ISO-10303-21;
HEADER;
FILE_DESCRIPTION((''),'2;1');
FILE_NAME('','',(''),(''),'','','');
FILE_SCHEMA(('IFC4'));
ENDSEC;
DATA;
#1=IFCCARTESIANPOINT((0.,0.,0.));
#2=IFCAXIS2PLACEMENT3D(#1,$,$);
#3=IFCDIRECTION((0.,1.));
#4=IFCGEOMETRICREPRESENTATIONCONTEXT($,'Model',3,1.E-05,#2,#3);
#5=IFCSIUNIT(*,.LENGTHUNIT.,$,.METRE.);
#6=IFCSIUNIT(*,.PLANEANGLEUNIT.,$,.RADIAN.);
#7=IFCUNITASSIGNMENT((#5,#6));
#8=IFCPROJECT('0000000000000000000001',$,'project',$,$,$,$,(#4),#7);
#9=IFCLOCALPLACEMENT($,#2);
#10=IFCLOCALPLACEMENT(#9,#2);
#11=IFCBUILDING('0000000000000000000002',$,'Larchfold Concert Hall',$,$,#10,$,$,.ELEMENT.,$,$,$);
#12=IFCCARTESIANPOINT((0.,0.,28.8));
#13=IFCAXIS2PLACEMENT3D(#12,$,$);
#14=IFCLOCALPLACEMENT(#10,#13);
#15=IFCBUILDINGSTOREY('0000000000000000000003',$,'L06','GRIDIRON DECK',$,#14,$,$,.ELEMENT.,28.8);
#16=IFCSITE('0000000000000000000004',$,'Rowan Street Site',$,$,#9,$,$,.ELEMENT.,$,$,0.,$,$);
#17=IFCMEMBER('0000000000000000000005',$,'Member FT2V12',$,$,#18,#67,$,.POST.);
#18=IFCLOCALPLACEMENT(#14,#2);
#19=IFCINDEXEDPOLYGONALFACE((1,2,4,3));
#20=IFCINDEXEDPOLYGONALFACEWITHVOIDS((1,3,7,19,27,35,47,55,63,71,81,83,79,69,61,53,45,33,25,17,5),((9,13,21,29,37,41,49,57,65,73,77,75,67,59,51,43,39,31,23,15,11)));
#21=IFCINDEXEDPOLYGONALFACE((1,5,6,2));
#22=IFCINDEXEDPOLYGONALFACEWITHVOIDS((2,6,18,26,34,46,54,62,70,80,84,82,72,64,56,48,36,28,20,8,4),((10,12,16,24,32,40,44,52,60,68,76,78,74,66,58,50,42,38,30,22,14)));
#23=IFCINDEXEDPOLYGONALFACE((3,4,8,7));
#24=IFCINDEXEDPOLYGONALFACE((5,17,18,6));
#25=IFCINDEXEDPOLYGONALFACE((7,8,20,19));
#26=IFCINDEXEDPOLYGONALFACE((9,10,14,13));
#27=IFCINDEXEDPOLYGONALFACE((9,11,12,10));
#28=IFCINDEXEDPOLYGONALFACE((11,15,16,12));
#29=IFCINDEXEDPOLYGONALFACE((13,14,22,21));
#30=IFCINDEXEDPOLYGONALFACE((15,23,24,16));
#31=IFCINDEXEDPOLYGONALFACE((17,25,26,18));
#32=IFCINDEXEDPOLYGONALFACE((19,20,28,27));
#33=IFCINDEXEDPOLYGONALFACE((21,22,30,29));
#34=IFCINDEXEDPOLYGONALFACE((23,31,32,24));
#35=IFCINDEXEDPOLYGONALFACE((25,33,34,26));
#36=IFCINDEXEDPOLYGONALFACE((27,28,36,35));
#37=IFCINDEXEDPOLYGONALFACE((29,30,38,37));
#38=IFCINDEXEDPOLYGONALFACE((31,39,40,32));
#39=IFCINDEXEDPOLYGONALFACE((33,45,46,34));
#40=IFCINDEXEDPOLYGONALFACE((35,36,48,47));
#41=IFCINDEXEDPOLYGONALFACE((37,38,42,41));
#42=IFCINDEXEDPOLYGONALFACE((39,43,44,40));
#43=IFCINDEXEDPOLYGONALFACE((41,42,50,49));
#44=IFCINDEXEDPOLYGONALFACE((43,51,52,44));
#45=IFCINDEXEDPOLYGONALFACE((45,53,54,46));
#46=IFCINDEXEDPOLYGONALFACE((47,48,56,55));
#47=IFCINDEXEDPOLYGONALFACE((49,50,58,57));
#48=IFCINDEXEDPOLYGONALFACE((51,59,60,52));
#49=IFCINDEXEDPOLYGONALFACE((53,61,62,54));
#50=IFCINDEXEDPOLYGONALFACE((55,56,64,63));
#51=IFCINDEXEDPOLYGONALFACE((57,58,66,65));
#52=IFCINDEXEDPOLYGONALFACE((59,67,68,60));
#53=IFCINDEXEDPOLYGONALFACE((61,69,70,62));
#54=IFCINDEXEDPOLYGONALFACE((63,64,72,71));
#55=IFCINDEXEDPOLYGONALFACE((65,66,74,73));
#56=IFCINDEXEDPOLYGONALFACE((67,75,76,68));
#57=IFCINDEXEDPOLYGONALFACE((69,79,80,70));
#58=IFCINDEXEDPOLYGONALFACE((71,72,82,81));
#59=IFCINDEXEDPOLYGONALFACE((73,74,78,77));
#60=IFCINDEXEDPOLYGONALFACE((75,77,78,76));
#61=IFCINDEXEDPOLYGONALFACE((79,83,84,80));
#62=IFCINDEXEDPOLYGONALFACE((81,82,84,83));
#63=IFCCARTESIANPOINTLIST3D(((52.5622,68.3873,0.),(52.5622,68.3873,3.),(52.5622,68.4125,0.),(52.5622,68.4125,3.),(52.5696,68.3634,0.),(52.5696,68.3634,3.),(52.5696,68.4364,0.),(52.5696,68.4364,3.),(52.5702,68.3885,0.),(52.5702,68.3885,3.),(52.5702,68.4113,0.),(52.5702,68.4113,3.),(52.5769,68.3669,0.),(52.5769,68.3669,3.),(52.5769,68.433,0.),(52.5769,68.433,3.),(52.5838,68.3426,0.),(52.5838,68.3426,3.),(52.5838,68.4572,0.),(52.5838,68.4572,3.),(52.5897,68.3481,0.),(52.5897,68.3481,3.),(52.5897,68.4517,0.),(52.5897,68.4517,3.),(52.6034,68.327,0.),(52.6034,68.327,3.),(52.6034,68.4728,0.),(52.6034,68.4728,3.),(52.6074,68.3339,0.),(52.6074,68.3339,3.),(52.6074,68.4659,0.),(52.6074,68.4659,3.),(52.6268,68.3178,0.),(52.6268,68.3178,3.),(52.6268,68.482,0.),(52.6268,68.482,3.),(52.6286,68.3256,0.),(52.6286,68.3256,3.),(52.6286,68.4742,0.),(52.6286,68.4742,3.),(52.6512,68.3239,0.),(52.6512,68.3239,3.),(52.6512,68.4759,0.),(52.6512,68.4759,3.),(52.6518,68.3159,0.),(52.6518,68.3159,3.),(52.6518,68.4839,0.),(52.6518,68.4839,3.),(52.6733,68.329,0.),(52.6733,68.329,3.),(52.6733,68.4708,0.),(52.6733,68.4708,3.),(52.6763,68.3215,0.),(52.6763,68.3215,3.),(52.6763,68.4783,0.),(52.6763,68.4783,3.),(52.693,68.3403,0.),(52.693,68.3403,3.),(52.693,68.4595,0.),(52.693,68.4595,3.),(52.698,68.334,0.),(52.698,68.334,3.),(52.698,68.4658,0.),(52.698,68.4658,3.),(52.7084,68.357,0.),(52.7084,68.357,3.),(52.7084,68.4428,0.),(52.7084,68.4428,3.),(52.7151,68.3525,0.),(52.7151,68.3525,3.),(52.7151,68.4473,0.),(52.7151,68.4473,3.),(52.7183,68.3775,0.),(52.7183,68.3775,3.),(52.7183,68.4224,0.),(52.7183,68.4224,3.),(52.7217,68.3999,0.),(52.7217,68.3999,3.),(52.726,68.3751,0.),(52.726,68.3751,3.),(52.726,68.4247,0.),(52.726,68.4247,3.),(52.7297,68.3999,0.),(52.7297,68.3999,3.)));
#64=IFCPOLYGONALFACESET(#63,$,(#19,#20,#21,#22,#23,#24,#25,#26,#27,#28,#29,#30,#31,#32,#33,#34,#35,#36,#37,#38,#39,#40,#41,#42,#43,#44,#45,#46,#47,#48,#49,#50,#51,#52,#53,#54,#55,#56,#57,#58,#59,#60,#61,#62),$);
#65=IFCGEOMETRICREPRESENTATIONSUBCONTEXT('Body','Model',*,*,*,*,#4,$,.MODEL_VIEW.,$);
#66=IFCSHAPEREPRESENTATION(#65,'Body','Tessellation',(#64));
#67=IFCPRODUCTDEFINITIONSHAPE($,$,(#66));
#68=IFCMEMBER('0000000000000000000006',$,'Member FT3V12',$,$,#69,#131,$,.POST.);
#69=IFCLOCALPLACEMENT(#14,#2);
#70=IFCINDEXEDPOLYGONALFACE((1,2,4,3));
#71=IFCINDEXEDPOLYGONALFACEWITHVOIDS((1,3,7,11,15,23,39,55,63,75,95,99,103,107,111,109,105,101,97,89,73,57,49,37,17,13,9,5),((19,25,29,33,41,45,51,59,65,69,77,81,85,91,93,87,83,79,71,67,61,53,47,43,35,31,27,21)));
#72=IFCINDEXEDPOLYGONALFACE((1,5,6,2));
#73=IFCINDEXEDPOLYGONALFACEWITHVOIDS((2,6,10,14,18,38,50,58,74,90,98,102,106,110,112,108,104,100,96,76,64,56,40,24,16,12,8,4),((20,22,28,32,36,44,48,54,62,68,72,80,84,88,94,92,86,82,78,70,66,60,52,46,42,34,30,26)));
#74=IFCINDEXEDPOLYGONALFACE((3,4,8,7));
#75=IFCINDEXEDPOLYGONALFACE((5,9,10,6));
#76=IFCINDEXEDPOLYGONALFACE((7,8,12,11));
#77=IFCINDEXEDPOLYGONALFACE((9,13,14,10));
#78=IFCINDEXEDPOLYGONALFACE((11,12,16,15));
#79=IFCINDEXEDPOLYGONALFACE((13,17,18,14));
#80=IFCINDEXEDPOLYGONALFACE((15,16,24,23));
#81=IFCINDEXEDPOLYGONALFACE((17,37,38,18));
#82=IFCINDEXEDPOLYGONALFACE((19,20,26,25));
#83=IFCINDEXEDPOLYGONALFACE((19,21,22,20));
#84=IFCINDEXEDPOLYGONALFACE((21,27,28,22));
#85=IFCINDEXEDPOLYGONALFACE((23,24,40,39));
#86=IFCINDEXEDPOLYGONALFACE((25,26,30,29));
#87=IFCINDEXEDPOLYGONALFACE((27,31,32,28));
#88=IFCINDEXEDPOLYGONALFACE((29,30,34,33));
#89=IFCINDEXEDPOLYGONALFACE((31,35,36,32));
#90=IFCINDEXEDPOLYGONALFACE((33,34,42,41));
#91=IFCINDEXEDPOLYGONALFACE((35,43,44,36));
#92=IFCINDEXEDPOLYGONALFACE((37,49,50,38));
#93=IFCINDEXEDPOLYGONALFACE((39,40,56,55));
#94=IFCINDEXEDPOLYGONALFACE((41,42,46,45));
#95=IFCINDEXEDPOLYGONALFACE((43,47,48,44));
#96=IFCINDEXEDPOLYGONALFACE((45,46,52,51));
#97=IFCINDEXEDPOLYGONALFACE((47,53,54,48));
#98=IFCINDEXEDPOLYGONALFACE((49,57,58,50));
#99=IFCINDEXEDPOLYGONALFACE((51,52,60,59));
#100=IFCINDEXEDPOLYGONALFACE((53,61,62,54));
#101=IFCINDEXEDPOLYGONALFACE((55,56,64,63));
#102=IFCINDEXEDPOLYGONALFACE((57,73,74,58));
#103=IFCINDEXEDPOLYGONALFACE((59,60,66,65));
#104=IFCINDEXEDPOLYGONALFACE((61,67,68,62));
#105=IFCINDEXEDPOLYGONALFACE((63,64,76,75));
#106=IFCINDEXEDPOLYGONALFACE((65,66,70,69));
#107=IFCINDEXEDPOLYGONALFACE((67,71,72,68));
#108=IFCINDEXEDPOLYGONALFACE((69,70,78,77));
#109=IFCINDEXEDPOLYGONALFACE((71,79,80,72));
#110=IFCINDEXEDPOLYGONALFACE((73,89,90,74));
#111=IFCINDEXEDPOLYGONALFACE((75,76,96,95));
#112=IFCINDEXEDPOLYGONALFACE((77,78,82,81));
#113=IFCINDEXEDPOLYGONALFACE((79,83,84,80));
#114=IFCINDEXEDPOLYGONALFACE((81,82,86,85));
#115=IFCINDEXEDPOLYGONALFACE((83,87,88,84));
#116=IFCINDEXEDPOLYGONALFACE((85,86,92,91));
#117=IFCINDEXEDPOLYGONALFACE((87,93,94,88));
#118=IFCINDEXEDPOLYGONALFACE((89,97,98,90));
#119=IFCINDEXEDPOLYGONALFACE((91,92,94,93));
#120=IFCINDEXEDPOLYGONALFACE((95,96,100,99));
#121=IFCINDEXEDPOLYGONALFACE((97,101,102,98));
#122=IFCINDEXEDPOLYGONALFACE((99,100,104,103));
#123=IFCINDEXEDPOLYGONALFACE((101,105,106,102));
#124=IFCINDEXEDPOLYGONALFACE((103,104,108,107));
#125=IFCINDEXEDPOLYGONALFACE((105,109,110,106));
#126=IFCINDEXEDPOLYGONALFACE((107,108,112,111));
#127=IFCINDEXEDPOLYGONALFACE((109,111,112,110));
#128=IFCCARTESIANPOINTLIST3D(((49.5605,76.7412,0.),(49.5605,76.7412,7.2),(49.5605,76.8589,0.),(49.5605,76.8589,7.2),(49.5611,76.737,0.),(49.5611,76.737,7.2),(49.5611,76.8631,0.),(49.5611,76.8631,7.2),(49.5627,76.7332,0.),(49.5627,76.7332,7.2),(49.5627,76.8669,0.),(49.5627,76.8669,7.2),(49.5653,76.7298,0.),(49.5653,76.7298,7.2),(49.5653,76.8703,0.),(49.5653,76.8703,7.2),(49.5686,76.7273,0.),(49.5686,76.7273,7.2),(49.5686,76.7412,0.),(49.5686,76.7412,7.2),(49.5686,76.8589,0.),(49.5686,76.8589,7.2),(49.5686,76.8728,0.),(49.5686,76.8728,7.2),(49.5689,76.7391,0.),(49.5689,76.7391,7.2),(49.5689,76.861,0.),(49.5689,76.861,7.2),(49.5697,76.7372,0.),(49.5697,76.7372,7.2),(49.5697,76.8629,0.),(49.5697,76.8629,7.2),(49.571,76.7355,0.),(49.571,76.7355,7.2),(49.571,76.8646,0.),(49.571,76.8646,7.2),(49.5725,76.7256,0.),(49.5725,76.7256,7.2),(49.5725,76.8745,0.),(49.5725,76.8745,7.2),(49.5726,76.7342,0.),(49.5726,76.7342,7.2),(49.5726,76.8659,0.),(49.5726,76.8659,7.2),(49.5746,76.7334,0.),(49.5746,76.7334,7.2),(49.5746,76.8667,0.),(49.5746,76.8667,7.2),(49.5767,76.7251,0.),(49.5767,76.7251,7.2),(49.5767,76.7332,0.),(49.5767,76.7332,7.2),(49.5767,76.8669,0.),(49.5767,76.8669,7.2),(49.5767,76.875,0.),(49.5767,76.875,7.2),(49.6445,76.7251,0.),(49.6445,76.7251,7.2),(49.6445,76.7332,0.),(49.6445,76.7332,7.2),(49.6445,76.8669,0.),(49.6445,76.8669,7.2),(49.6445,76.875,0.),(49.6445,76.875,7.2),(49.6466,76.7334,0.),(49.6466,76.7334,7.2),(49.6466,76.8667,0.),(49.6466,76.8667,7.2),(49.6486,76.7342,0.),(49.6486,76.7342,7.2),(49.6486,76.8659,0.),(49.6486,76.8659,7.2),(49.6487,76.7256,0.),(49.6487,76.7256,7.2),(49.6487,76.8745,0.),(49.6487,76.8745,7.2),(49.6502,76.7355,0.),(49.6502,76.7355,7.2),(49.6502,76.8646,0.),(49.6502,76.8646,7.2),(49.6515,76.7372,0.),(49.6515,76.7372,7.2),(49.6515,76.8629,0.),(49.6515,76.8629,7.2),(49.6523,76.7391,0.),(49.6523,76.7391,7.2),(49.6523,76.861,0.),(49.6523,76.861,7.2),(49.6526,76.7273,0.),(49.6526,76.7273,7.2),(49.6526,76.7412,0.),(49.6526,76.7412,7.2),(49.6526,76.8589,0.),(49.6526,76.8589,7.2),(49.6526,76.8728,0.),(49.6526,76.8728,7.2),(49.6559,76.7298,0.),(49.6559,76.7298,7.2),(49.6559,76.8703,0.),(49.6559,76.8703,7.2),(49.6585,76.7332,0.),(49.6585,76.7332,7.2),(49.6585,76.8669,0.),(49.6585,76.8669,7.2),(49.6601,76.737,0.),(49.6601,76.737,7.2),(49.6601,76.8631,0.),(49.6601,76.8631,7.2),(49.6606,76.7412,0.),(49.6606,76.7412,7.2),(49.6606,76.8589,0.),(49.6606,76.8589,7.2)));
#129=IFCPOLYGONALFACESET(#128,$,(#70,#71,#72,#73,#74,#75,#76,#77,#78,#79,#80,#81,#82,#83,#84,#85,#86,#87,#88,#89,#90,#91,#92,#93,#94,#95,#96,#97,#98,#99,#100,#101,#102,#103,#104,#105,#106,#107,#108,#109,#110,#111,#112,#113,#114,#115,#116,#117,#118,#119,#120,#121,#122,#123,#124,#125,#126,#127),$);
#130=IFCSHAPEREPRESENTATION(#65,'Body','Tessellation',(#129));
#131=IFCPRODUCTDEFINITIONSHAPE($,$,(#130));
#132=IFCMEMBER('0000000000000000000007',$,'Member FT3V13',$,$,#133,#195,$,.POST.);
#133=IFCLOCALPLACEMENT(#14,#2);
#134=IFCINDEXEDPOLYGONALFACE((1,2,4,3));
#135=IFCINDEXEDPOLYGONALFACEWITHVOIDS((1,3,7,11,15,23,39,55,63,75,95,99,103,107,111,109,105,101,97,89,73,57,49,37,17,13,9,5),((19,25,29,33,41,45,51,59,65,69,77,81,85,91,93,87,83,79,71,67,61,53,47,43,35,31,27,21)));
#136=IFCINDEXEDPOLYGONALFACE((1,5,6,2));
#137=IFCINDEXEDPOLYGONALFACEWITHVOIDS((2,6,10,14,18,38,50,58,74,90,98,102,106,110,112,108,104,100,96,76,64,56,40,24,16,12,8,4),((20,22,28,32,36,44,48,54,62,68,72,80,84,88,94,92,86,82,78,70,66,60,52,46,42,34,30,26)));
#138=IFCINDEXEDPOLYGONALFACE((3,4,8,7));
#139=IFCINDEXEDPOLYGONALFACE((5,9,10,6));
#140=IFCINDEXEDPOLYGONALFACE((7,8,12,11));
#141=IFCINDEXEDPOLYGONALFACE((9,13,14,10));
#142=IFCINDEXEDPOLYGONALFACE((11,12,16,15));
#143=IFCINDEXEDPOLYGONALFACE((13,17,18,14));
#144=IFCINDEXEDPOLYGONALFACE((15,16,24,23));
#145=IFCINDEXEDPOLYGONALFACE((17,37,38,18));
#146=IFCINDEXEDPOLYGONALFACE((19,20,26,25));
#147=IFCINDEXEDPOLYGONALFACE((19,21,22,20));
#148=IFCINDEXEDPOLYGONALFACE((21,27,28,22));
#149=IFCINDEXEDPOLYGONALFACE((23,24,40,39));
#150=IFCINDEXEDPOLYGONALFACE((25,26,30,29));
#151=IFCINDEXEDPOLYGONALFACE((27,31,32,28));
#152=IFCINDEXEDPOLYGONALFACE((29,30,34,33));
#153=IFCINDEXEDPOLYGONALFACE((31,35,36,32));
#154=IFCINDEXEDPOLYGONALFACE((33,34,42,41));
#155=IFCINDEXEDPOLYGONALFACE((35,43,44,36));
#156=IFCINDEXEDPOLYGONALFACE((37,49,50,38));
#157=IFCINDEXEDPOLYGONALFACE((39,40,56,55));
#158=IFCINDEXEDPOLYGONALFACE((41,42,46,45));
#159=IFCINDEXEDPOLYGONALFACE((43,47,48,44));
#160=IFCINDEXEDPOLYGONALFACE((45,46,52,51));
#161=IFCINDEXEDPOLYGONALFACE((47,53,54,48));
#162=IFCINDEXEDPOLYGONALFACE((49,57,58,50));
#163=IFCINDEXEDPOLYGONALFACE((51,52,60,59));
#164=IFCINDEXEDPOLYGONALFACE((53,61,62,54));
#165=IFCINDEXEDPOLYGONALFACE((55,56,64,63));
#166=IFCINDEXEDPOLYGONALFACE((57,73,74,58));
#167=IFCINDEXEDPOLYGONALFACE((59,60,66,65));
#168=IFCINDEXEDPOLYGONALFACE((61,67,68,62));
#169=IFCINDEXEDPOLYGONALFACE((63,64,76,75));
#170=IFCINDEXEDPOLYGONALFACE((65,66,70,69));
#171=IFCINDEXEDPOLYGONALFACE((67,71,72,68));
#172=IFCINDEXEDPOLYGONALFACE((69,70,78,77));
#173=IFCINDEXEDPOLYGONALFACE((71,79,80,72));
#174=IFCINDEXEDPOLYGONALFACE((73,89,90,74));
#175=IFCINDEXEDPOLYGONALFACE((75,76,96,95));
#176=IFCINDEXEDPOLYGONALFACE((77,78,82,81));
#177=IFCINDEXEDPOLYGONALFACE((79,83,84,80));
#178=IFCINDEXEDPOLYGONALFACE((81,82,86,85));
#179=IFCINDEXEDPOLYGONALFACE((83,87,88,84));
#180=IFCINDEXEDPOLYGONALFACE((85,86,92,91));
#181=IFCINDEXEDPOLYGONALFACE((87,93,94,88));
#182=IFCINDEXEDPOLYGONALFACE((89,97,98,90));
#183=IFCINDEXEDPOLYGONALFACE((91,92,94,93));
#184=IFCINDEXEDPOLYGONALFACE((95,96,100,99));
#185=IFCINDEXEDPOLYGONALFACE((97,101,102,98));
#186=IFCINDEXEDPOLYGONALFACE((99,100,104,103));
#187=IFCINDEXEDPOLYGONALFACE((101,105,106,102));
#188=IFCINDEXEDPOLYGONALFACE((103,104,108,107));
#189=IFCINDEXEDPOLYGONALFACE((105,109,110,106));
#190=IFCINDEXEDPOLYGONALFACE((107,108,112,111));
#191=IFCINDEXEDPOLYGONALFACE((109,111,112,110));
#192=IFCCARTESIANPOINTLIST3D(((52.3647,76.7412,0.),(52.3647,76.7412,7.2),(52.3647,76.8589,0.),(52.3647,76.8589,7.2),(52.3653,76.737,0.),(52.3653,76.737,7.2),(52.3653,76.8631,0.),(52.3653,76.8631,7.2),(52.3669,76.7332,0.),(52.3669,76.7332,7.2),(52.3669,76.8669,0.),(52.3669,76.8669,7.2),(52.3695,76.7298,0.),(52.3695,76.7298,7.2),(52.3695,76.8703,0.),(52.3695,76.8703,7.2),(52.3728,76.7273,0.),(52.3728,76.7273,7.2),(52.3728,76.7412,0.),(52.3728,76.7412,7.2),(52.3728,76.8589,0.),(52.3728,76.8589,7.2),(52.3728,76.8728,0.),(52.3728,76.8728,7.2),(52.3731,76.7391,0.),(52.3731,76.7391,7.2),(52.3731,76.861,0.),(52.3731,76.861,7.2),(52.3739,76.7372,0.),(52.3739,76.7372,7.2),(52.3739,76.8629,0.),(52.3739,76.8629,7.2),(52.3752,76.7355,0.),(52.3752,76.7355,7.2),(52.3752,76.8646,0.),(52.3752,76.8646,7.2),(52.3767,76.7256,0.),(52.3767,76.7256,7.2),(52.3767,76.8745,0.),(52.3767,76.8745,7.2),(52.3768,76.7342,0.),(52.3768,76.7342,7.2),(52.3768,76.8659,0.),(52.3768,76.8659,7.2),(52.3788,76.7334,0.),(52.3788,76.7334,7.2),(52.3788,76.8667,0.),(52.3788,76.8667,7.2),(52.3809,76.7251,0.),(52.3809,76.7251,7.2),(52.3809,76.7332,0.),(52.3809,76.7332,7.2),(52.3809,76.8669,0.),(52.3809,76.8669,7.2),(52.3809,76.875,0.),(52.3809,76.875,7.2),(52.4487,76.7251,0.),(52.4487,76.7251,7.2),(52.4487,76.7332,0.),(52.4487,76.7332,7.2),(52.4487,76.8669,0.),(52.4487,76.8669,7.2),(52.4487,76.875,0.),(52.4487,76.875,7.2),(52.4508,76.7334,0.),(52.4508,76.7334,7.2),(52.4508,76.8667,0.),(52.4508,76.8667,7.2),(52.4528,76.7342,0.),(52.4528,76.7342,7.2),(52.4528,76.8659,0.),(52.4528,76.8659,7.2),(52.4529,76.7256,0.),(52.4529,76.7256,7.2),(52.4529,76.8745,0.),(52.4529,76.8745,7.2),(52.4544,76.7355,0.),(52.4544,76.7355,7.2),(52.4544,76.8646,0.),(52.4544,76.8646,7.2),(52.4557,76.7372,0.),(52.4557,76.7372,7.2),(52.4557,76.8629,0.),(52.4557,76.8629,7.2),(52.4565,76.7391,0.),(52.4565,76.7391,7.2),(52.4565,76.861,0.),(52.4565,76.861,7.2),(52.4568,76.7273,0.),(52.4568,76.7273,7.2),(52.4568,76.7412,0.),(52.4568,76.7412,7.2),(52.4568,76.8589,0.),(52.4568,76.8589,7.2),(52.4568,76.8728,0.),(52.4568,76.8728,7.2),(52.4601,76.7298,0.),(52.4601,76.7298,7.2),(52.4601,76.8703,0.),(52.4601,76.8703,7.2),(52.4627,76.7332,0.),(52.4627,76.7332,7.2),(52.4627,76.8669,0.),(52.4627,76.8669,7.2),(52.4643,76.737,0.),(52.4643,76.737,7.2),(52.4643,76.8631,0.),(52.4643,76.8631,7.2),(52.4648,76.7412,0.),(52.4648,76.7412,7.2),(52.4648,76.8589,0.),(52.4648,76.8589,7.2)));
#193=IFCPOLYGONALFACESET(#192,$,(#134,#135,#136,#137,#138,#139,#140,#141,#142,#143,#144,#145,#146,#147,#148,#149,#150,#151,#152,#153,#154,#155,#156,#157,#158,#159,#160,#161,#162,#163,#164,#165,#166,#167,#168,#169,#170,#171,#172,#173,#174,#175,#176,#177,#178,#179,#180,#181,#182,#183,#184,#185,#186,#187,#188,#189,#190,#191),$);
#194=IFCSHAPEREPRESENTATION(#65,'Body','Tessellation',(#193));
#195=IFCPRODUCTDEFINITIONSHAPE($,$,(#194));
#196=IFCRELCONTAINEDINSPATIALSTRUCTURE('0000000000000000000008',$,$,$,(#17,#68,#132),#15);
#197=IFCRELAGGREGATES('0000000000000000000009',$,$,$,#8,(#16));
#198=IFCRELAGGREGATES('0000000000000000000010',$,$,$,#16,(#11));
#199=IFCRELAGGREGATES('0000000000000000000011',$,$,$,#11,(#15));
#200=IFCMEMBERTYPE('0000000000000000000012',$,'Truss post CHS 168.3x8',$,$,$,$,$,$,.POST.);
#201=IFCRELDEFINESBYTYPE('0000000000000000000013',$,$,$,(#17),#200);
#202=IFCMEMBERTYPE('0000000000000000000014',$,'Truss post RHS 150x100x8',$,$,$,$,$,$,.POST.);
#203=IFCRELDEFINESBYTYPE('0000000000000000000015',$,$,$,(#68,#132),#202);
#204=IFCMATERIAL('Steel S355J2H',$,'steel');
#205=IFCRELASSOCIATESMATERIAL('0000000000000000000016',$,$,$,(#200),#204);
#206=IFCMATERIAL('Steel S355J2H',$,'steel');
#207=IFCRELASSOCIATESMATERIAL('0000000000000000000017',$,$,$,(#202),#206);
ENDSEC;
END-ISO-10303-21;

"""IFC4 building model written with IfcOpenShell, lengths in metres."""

from ifc_helpers import new_model, si_unit, direction, frame, origin, origin_2d, place, context, subcontext, project, spatial, hollow_rectangle, hollow_circle, extrude, material, material_profile, profile_set, type_object, element, save


model = new_model("IFC4")

# Units and contexts
model_context = context("Model", 3, precision=1e-05, world=origin(), true_north=direction((0.0, 1.0)))
body_context = subcontext(model_context, "Body", "Model", "MODEL_VIEW")
ifc_project = project(units=[si_unit("LENGTHUNIT", "METRE"), si_unit("PLANEANGLEUNIT", "RADIAN")], contexts=[model_context])

# Site, building, storey
site_placement = place(None, origin())
site = spatial("IfcSite", under=ifc_project, at=site_placement, Name="Rowan Street Site", CompositionType="ELEMENT", RefElevation=0.0)
building_placement = place(site_placement, origin())
building = spatial("IfcBuilding", under=site, at=building_placement, Name="Larchfold Concert Hall", CompositionType="ELEMENT")
storey_placement = place(building_placement, frame((0.0, 0.0, 28.8)))
storey = spatial("IfcBuildingStorey", under=building, at=storey_placement, Name="L06", Description="GRIDIRON DECK", CompositionType="ELEMENT", Elevation=28.8)

# Members
ifc_material_1 = material(Name="Steel S355J2H", Category="steel")
ifc_material_profile_1 = material_profile(ifc_material_1, hollow_circle(Radius=0.0842, WallThickness=0.0081, at=origin_2d()))
ifc_profile_set_1 = profile_set([ifc_material_profile_1], Name="Steel S355J2H")
member_type_1 = type_object("IfcMemberType", Name="Truss post CHS 168.3x8", PredefinedType="POST", material=ifc_profile_set_1)
for number, where, z_axis, x_axis, name in (
    (1, (52.6455, 68.3999, 3.0), (0.0, 0.0, -1.0), (1.0, 0.0, 0.0), "Member FT2V12"),
):
    element("IfcMember", number, at=place(storey_placement, frame(where, z_axis=z_axis, x_axis=x_axis)), inside=storey, type_object=member_type_1, Name=name, PredefinedType="POST", context=body_context, shape_type="SweptSolid", body=[
        extrude(hollow_circle(Radius=0.0842, WallThickness=0.0081, at=origin_2d()), origin(), (0.0, 0.0, 1.0), 3.0),
    ])
ifc_material_2 = material(Name="Steel S355J2H", Category="steel")
ifc_material_profile_2 = material_profile(ifc_material_2, hollow_rectangle(XDim=0.1001, YDim=0.1499, WallThickness=0.0081, InnerFilletRadius=0.0081, OuterFilletRadius=0.0161, at=origin_2d()))
ifc_profile_set_2 = profile_set([ifc_material_profile_2], Name="Steel S355J2H")
member_type_2 = type_object("IfcMemberType", Name="Truss post RHS 150x100x8", PredefinedType="POST", material=ifc_profile_set_2)
for number, where, z_axis, x_axis, name in (
    (2, (49.6106, 76.8, 7.2), (0.0, 0.0, -1.0), (1.0, 0.0, 0.0), "Member FT3V12"),
    (3, (52.4148, 76.8, 7.2), (0.0, 0.0, -1.0), (1.0, 0.0, 0.0), "Member FT3V13"),
):
    element("IfcMember", number, at=place(storey_placement, frame(where, z_axis=z_axis, x_axis=x_axis)), inside=storey, type_object=member_type_2, Name=name, PredefinedType="POST", context=body_context, shape_type="SweptSolid", body=[
        extrude(hollow_rectangle(XDim=0.1001, YDim=0.1499, WallThickness=0.0081, InnerFilletRadius=0.0081, OuterFilletRadius=0.0161, at=origin_2d()), origin(), (0.0, 0.0, 1.0), 7.2),
    ])

save(model, "model.ifc")
